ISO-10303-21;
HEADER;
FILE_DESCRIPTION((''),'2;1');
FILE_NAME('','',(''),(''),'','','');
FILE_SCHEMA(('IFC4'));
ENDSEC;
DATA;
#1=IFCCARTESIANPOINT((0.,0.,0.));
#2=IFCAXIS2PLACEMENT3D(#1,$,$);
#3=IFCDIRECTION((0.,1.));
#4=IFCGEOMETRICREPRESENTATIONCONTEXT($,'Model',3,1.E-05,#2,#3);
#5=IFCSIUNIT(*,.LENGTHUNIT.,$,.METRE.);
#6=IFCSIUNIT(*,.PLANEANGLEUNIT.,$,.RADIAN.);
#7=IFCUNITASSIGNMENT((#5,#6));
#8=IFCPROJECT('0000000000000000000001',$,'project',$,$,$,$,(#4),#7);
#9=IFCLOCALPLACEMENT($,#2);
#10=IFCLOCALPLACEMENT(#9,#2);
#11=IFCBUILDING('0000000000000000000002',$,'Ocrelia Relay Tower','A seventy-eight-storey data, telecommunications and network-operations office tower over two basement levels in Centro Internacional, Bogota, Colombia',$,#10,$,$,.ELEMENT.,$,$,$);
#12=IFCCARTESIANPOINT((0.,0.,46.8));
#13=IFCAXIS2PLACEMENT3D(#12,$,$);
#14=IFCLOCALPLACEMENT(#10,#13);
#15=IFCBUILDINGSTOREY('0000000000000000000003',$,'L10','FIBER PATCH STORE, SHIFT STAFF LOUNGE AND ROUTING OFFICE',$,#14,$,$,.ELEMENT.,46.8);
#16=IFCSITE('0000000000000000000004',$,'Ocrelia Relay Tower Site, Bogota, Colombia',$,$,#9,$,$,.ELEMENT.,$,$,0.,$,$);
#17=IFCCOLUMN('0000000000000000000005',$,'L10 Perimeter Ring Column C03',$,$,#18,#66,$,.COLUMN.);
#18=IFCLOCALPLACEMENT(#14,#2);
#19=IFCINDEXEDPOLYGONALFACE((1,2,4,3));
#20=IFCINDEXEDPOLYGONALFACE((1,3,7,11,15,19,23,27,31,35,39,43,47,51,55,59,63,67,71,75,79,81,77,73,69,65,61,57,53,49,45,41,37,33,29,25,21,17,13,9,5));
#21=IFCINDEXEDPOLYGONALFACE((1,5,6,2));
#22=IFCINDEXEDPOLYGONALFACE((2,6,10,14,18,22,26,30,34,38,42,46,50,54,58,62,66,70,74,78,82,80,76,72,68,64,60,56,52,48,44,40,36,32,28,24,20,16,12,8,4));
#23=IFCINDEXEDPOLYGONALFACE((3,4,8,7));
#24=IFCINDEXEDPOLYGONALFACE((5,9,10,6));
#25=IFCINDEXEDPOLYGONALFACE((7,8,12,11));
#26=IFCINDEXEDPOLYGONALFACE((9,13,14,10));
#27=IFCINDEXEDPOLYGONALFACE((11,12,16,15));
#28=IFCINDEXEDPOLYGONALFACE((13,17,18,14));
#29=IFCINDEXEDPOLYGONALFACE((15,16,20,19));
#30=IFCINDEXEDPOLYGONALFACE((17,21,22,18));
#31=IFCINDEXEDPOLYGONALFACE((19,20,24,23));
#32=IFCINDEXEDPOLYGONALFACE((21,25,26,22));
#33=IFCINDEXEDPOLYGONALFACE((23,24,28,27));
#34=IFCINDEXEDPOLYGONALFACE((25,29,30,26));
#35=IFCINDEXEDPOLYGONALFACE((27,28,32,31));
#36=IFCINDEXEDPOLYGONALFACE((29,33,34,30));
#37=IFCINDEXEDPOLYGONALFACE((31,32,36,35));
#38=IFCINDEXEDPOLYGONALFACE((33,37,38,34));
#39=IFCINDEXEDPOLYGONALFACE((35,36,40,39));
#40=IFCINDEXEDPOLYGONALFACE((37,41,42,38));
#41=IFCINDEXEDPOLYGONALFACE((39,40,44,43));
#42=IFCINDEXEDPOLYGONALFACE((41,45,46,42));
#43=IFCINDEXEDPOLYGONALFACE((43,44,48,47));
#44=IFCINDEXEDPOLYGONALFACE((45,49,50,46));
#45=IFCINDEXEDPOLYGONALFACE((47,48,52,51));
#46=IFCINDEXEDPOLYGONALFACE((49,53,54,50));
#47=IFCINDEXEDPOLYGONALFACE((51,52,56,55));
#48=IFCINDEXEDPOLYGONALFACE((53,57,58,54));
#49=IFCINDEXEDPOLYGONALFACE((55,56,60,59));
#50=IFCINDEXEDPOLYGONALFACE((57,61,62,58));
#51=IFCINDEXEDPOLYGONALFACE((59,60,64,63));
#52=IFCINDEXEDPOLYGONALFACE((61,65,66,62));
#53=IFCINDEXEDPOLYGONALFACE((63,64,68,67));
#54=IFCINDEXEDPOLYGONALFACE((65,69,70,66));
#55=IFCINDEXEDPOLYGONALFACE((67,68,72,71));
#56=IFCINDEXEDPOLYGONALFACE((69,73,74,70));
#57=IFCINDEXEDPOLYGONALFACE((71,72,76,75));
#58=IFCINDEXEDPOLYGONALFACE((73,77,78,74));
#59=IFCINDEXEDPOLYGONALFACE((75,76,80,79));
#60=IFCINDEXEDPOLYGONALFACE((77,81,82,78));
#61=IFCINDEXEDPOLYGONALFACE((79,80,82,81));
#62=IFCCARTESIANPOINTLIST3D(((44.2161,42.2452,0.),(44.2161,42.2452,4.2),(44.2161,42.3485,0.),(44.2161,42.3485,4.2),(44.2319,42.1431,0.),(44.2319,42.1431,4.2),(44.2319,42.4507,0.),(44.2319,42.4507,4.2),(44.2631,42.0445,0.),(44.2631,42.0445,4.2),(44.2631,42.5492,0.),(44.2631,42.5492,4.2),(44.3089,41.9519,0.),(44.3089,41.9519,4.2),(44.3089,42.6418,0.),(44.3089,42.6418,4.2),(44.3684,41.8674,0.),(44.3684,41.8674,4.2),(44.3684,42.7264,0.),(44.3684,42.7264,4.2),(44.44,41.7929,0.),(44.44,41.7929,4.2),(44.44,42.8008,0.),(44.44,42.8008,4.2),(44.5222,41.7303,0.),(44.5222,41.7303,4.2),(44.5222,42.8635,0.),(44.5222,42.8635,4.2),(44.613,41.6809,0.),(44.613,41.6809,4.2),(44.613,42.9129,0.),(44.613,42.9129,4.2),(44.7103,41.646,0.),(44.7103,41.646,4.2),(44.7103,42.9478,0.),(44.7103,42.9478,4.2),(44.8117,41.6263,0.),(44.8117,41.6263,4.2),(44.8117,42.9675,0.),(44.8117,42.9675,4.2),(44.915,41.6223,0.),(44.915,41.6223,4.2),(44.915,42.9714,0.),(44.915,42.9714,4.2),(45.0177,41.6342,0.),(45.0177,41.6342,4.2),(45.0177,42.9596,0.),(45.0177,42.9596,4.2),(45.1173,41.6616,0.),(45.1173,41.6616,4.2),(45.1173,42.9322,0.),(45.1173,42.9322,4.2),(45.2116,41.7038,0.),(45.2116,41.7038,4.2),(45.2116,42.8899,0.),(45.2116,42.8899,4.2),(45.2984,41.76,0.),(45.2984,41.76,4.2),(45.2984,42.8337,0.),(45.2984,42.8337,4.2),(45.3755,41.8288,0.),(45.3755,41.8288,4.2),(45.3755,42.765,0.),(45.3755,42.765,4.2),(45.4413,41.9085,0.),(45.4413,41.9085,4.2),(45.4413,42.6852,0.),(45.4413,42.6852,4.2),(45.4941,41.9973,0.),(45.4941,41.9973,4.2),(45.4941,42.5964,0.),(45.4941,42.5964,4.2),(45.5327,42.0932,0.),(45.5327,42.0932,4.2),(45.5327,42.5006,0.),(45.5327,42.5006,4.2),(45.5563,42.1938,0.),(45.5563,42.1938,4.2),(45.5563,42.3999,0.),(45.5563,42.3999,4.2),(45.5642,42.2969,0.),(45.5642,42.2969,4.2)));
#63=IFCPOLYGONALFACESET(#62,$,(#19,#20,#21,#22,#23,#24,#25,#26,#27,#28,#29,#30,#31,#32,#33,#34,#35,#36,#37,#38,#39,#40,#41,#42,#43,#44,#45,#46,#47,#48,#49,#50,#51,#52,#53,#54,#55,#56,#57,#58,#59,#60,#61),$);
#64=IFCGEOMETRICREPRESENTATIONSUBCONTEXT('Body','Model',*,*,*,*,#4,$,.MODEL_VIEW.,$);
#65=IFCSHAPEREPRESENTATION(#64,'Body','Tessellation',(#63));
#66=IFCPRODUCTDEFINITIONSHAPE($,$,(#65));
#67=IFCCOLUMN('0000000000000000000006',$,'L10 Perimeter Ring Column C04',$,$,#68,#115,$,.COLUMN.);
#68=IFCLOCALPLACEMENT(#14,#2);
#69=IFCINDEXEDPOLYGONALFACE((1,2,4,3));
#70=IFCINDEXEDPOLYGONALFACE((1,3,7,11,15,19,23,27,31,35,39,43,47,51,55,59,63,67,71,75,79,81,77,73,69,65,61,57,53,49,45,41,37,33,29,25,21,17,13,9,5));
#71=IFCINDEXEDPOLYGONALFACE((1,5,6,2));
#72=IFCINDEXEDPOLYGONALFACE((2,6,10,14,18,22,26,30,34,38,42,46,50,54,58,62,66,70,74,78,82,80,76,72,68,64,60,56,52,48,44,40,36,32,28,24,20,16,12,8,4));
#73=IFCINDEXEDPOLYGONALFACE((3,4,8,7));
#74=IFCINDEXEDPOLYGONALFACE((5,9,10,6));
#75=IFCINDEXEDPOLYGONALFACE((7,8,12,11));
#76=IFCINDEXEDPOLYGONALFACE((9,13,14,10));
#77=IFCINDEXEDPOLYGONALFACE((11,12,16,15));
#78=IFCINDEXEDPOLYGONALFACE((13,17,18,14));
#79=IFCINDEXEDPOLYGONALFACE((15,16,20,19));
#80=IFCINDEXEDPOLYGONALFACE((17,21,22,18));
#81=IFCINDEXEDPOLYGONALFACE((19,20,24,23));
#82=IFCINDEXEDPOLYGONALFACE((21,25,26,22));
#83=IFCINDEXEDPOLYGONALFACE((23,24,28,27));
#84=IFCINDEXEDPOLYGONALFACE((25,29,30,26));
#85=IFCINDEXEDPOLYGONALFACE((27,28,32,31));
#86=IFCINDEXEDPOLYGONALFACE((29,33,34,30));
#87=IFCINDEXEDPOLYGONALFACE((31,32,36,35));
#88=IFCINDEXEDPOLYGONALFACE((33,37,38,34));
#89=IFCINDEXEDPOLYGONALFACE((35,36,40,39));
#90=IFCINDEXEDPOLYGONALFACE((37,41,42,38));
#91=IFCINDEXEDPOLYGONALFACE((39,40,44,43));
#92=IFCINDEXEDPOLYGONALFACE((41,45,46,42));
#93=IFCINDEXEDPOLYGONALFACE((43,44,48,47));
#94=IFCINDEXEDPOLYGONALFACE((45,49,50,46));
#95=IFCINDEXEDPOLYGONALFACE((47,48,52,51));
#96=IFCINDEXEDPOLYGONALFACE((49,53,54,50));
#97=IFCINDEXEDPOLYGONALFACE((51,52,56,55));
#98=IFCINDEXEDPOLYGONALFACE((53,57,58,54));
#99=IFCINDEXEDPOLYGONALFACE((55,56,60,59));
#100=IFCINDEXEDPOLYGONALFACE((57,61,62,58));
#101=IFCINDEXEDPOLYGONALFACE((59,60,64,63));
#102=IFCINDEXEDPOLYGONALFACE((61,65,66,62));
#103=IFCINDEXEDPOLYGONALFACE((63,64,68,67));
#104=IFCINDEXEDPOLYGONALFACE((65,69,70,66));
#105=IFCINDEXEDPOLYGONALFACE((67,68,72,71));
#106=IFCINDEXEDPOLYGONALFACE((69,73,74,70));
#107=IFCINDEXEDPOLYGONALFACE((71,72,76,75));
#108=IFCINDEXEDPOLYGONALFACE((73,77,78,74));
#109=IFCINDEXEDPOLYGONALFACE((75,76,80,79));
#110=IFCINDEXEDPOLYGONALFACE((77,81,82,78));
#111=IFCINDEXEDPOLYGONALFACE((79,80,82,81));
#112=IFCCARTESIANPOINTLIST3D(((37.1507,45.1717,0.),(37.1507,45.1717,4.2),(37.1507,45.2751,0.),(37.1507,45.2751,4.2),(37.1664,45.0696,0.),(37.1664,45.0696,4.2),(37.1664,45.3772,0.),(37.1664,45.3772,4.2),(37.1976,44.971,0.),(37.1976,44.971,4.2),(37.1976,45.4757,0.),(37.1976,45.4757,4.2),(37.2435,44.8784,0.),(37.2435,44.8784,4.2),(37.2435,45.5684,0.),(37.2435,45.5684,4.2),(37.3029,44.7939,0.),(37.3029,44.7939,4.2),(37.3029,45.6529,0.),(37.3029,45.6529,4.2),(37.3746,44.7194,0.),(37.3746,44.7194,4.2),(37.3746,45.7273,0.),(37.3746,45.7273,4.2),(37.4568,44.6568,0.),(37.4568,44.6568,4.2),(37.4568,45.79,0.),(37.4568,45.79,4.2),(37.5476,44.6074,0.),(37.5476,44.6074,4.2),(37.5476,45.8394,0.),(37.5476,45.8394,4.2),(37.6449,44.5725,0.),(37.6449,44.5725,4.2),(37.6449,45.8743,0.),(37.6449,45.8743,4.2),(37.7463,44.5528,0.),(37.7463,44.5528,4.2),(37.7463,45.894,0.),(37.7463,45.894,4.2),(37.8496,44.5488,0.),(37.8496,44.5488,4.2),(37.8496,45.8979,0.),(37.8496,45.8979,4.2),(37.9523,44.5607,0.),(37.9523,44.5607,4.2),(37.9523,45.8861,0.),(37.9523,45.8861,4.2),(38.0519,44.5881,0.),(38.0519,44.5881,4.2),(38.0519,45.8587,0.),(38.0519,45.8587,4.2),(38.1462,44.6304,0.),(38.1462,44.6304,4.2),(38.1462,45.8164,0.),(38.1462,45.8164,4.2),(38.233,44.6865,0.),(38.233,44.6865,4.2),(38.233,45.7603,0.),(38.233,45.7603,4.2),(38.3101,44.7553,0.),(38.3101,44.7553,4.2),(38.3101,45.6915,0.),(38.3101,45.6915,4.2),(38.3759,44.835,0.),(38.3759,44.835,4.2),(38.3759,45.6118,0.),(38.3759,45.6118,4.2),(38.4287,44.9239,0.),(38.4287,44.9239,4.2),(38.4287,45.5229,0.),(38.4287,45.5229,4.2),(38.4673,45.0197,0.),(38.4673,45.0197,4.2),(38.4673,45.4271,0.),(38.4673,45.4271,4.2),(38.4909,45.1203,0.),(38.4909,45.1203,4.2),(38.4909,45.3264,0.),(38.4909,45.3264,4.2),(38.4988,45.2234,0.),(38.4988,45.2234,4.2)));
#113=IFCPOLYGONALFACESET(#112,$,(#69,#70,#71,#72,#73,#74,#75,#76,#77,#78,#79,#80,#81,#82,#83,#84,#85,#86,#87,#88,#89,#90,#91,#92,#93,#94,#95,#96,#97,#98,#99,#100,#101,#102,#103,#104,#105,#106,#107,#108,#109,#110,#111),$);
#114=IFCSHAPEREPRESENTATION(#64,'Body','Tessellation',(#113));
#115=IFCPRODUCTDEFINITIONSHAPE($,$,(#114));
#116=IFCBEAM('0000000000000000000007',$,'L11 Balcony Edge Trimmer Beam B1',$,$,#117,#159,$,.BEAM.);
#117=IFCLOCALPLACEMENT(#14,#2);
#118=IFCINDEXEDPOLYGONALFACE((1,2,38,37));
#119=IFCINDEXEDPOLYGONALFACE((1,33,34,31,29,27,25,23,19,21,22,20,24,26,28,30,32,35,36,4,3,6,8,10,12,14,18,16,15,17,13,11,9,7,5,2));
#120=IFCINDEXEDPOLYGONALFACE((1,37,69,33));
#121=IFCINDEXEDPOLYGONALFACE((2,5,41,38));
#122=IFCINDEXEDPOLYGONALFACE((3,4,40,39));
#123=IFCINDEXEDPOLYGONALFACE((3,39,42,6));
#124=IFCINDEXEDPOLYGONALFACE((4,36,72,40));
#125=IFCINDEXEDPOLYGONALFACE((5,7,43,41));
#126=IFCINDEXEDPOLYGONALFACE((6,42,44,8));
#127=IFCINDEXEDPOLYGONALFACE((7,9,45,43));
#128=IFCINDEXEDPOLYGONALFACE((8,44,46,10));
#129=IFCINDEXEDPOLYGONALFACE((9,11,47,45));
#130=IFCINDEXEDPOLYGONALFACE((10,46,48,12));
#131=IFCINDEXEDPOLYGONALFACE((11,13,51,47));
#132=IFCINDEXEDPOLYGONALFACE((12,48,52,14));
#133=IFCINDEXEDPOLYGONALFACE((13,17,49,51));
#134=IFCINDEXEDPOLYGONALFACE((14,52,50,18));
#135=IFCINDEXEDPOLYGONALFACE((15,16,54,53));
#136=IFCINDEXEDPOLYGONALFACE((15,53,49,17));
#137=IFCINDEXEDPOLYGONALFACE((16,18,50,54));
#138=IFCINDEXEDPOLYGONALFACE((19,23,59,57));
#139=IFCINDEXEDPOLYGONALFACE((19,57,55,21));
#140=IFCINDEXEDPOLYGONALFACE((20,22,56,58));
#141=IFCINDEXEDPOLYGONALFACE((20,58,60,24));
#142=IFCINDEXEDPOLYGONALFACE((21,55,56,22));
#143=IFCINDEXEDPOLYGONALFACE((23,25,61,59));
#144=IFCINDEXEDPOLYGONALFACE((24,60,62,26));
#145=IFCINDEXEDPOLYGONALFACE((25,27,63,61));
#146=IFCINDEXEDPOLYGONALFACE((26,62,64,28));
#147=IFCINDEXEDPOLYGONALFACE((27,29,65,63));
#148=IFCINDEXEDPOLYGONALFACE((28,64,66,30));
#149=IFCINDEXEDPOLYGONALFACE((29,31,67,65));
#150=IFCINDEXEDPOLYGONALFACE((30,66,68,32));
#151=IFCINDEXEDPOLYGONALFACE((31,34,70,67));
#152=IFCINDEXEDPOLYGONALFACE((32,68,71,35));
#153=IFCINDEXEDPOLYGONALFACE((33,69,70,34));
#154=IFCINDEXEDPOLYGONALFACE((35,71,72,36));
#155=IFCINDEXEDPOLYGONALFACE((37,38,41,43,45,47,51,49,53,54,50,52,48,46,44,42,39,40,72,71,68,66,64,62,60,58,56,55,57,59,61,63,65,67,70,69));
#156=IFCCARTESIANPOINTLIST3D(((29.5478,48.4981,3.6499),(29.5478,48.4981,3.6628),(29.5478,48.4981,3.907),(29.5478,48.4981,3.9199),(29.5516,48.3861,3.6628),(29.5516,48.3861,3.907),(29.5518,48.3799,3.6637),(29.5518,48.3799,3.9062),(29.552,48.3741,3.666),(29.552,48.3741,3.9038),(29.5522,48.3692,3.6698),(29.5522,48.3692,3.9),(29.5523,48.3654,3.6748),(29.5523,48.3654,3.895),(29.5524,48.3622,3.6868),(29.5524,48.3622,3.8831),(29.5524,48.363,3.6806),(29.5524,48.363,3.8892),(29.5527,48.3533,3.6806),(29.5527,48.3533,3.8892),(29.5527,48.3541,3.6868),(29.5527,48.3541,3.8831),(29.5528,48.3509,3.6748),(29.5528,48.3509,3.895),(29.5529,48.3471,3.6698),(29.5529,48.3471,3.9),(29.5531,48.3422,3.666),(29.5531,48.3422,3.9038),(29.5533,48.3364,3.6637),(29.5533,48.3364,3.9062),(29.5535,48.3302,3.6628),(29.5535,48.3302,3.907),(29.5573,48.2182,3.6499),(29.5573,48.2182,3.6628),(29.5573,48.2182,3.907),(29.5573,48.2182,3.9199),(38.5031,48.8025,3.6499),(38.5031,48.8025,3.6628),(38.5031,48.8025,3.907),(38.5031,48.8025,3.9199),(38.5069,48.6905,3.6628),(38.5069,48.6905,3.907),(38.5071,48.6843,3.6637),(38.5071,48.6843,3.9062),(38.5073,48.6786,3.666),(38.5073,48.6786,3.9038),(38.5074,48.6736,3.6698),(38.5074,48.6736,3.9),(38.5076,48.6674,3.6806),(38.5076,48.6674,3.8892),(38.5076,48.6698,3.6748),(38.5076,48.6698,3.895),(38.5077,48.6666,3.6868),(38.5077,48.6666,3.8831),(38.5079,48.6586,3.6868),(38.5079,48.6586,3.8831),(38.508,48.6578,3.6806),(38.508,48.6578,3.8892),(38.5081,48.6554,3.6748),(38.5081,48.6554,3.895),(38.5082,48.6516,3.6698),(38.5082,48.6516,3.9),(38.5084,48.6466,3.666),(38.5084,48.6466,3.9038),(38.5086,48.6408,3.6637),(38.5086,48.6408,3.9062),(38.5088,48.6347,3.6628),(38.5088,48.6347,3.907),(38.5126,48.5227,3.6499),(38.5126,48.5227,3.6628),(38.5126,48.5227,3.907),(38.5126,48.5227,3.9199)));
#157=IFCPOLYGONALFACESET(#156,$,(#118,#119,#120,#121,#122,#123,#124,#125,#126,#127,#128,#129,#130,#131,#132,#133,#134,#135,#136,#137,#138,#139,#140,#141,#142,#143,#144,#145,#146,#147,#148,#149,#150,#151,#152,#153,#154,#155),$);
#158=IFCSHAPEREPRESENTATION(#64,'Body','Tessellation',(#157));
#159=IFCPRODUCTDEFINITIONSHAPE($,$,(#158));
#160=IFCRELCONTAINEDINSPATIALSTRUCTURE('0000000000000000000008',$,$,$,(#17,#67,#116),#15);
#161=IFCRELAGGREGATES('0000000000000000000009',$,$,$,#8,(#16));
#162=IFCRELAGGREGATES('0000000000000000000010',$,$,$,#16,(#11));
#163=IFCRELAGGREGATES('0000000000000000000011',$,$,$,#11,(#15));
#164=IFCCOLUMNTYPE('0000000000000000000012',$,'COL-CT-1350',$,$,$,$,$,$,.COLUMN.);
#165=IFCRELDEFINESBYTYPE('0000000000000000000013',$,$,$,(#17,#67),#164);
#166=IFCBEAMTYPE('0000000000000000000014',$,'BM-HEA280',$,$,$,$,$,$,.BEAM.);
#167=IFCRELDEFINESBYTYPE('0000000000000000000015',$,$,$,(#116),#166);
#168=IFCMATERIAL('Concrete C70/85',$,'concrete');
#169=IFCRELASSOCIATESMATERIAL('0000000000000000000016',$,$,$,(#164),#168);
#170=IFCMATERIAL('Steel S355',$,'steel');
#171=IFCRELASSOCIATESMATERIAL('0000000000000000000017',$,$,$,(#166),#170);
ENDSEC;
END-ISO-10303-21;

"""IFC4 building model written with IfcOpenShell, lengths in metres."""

from ifc_helpers import new_model, si_unit, direction, frame, origin, origin_2d, place, context, subcontext, project, spatial, circle, i_section, extrude, material, material_profile, profile_set, type_object, element, save


model = new_model("IFC4")

# Units and contexts
model_context = context("Model", 3, precision=1e-05, world=origin(), true_north=direction((0.0, 1.0)))
body_context = subcontext(model_context, "Body", "Model", "MODEL_VIEW")
ifc_project = project(units=[si_unit("LENGTHUNIT", "METRE"), si_unit("PLANEANGLEUNIT", "RADIAN")], contexts=[model_context])

# Site, building, storey
site_placement = place(None, origin())
site = spatial("IfcSite", under=ifc_project, at=site_placement, Name="Ocrelia Relay Tower Site, Bogota, Colombia", CompositionType="ELEMENT", RefElevation=0.0)
building_placement = place(site_placement, origin())
building = spatial("IfcBuilding", under=site, at=building_placement, Name="Ocrelia Relay Tower", Description="A seventy-eight-storey data, telecommunications and network-operations office tower over two basement levels in Centro Internacional, Bogota, Colombia", CompositionType="ELEMENT")
storey_placement = place(building_placement, frame((0.0, 0.0, 46.8)))
storey = spatial("IfcBuildingStorey", under=building, at=storey_placement, Name="L10", Description="FIBER PATCH STORE, SHIFT STAFF LOUNGE AND ROUTING OFFICE", CompositionType="ELEMENT", Elevation=46.8)

# Columns
ifc_material_1 = material(Name="Concrete C70/85", Category="concrete")
ifc_material_profile_1 = material_profile(ifc_material_1, circle(Radius=0.675, at=origin_2d()), Name="RC-CIR-1350")
ifc_profile_set_1 = profile_set([ifc_material_profile_1], Name="Concrete C70/85")
column_type = type_object("IfcColumnType", Name="COL-CT-1350", PredefinedType="COLUMN", material=ifc_profile_set_1)
for number, where, z_axis, x_axis, name in (
    (1, (44.8892, 42.2969, 0.0), (0.0, 0.0, 1.0), (1.0, 0.0, 0.0), "L10 Perimeter Ring Column C03"),
    (2, (37.8237, 45.2234, 0.0), (0.0, 0.0, 1.0), (1.0, 0.0, 0.0), "L10 Perimeter Ring Column C04"),
):
    element("IfcColumn", number, at=place(storey_placement, frame(where, z_axis=z_axis, x_axis=x_axis)), inside=storey, type_object=column_type, Name=name, PredefinedType="COLUMN", context=body_context, shape_type="SweptSolid", body=[
        extrude(circle(Radius=0.675, at=origin_2d()), origin(), (0.0, 0.0, 1.0), 4.2),
    ])

# Beam
ifc_material_2 = material(Name="Steel S355", Category="steel")
ifc_material_profile_2 = material_profile(ifc_material_2, i_section(OverallWidth=0.28, OverallDepth=0.27, WebThickness=0.0081, FlangeThickness=0.0129, FilletRadius=0.0239, at=origin_2d()), Name="HEA 280")
ifc_profile_set_2 = profile_set([ifc_material_profile_2], Name="Steel S355")
beam_type_1 = type_object("IfcBeamType", Name="BM-HEA280", PredefinedType="BEAM", material=ifc_profile_set_2)
beam_1_placement = place(storey_placement, frame((38.5078, 48.6626, 3.7849), z_axis=(-0.999423, -0.033976, 0.0), x_axis=(0.033976, -0.999423, 0.0)))
element("IfcBeam", 3, at=beam_1_placement, inside=storey, type_object=beam_type_1, Name="L11 Balcony Edge Trimmer Beam B1", PredefinedType="BEAM", context=body_context, shape_type="SweptSolid", body=[
    extrude(i_section(OverallWidth=0.28, OverallDepth=0.27, WebThickness=0.0081, FlangeThickness=0.0129, FilletRadius=0.0239, at=origin_2d()), origin(), (0.0, 0.0, 1.0), 8.9604),
])

save(model, "model.ifc")
